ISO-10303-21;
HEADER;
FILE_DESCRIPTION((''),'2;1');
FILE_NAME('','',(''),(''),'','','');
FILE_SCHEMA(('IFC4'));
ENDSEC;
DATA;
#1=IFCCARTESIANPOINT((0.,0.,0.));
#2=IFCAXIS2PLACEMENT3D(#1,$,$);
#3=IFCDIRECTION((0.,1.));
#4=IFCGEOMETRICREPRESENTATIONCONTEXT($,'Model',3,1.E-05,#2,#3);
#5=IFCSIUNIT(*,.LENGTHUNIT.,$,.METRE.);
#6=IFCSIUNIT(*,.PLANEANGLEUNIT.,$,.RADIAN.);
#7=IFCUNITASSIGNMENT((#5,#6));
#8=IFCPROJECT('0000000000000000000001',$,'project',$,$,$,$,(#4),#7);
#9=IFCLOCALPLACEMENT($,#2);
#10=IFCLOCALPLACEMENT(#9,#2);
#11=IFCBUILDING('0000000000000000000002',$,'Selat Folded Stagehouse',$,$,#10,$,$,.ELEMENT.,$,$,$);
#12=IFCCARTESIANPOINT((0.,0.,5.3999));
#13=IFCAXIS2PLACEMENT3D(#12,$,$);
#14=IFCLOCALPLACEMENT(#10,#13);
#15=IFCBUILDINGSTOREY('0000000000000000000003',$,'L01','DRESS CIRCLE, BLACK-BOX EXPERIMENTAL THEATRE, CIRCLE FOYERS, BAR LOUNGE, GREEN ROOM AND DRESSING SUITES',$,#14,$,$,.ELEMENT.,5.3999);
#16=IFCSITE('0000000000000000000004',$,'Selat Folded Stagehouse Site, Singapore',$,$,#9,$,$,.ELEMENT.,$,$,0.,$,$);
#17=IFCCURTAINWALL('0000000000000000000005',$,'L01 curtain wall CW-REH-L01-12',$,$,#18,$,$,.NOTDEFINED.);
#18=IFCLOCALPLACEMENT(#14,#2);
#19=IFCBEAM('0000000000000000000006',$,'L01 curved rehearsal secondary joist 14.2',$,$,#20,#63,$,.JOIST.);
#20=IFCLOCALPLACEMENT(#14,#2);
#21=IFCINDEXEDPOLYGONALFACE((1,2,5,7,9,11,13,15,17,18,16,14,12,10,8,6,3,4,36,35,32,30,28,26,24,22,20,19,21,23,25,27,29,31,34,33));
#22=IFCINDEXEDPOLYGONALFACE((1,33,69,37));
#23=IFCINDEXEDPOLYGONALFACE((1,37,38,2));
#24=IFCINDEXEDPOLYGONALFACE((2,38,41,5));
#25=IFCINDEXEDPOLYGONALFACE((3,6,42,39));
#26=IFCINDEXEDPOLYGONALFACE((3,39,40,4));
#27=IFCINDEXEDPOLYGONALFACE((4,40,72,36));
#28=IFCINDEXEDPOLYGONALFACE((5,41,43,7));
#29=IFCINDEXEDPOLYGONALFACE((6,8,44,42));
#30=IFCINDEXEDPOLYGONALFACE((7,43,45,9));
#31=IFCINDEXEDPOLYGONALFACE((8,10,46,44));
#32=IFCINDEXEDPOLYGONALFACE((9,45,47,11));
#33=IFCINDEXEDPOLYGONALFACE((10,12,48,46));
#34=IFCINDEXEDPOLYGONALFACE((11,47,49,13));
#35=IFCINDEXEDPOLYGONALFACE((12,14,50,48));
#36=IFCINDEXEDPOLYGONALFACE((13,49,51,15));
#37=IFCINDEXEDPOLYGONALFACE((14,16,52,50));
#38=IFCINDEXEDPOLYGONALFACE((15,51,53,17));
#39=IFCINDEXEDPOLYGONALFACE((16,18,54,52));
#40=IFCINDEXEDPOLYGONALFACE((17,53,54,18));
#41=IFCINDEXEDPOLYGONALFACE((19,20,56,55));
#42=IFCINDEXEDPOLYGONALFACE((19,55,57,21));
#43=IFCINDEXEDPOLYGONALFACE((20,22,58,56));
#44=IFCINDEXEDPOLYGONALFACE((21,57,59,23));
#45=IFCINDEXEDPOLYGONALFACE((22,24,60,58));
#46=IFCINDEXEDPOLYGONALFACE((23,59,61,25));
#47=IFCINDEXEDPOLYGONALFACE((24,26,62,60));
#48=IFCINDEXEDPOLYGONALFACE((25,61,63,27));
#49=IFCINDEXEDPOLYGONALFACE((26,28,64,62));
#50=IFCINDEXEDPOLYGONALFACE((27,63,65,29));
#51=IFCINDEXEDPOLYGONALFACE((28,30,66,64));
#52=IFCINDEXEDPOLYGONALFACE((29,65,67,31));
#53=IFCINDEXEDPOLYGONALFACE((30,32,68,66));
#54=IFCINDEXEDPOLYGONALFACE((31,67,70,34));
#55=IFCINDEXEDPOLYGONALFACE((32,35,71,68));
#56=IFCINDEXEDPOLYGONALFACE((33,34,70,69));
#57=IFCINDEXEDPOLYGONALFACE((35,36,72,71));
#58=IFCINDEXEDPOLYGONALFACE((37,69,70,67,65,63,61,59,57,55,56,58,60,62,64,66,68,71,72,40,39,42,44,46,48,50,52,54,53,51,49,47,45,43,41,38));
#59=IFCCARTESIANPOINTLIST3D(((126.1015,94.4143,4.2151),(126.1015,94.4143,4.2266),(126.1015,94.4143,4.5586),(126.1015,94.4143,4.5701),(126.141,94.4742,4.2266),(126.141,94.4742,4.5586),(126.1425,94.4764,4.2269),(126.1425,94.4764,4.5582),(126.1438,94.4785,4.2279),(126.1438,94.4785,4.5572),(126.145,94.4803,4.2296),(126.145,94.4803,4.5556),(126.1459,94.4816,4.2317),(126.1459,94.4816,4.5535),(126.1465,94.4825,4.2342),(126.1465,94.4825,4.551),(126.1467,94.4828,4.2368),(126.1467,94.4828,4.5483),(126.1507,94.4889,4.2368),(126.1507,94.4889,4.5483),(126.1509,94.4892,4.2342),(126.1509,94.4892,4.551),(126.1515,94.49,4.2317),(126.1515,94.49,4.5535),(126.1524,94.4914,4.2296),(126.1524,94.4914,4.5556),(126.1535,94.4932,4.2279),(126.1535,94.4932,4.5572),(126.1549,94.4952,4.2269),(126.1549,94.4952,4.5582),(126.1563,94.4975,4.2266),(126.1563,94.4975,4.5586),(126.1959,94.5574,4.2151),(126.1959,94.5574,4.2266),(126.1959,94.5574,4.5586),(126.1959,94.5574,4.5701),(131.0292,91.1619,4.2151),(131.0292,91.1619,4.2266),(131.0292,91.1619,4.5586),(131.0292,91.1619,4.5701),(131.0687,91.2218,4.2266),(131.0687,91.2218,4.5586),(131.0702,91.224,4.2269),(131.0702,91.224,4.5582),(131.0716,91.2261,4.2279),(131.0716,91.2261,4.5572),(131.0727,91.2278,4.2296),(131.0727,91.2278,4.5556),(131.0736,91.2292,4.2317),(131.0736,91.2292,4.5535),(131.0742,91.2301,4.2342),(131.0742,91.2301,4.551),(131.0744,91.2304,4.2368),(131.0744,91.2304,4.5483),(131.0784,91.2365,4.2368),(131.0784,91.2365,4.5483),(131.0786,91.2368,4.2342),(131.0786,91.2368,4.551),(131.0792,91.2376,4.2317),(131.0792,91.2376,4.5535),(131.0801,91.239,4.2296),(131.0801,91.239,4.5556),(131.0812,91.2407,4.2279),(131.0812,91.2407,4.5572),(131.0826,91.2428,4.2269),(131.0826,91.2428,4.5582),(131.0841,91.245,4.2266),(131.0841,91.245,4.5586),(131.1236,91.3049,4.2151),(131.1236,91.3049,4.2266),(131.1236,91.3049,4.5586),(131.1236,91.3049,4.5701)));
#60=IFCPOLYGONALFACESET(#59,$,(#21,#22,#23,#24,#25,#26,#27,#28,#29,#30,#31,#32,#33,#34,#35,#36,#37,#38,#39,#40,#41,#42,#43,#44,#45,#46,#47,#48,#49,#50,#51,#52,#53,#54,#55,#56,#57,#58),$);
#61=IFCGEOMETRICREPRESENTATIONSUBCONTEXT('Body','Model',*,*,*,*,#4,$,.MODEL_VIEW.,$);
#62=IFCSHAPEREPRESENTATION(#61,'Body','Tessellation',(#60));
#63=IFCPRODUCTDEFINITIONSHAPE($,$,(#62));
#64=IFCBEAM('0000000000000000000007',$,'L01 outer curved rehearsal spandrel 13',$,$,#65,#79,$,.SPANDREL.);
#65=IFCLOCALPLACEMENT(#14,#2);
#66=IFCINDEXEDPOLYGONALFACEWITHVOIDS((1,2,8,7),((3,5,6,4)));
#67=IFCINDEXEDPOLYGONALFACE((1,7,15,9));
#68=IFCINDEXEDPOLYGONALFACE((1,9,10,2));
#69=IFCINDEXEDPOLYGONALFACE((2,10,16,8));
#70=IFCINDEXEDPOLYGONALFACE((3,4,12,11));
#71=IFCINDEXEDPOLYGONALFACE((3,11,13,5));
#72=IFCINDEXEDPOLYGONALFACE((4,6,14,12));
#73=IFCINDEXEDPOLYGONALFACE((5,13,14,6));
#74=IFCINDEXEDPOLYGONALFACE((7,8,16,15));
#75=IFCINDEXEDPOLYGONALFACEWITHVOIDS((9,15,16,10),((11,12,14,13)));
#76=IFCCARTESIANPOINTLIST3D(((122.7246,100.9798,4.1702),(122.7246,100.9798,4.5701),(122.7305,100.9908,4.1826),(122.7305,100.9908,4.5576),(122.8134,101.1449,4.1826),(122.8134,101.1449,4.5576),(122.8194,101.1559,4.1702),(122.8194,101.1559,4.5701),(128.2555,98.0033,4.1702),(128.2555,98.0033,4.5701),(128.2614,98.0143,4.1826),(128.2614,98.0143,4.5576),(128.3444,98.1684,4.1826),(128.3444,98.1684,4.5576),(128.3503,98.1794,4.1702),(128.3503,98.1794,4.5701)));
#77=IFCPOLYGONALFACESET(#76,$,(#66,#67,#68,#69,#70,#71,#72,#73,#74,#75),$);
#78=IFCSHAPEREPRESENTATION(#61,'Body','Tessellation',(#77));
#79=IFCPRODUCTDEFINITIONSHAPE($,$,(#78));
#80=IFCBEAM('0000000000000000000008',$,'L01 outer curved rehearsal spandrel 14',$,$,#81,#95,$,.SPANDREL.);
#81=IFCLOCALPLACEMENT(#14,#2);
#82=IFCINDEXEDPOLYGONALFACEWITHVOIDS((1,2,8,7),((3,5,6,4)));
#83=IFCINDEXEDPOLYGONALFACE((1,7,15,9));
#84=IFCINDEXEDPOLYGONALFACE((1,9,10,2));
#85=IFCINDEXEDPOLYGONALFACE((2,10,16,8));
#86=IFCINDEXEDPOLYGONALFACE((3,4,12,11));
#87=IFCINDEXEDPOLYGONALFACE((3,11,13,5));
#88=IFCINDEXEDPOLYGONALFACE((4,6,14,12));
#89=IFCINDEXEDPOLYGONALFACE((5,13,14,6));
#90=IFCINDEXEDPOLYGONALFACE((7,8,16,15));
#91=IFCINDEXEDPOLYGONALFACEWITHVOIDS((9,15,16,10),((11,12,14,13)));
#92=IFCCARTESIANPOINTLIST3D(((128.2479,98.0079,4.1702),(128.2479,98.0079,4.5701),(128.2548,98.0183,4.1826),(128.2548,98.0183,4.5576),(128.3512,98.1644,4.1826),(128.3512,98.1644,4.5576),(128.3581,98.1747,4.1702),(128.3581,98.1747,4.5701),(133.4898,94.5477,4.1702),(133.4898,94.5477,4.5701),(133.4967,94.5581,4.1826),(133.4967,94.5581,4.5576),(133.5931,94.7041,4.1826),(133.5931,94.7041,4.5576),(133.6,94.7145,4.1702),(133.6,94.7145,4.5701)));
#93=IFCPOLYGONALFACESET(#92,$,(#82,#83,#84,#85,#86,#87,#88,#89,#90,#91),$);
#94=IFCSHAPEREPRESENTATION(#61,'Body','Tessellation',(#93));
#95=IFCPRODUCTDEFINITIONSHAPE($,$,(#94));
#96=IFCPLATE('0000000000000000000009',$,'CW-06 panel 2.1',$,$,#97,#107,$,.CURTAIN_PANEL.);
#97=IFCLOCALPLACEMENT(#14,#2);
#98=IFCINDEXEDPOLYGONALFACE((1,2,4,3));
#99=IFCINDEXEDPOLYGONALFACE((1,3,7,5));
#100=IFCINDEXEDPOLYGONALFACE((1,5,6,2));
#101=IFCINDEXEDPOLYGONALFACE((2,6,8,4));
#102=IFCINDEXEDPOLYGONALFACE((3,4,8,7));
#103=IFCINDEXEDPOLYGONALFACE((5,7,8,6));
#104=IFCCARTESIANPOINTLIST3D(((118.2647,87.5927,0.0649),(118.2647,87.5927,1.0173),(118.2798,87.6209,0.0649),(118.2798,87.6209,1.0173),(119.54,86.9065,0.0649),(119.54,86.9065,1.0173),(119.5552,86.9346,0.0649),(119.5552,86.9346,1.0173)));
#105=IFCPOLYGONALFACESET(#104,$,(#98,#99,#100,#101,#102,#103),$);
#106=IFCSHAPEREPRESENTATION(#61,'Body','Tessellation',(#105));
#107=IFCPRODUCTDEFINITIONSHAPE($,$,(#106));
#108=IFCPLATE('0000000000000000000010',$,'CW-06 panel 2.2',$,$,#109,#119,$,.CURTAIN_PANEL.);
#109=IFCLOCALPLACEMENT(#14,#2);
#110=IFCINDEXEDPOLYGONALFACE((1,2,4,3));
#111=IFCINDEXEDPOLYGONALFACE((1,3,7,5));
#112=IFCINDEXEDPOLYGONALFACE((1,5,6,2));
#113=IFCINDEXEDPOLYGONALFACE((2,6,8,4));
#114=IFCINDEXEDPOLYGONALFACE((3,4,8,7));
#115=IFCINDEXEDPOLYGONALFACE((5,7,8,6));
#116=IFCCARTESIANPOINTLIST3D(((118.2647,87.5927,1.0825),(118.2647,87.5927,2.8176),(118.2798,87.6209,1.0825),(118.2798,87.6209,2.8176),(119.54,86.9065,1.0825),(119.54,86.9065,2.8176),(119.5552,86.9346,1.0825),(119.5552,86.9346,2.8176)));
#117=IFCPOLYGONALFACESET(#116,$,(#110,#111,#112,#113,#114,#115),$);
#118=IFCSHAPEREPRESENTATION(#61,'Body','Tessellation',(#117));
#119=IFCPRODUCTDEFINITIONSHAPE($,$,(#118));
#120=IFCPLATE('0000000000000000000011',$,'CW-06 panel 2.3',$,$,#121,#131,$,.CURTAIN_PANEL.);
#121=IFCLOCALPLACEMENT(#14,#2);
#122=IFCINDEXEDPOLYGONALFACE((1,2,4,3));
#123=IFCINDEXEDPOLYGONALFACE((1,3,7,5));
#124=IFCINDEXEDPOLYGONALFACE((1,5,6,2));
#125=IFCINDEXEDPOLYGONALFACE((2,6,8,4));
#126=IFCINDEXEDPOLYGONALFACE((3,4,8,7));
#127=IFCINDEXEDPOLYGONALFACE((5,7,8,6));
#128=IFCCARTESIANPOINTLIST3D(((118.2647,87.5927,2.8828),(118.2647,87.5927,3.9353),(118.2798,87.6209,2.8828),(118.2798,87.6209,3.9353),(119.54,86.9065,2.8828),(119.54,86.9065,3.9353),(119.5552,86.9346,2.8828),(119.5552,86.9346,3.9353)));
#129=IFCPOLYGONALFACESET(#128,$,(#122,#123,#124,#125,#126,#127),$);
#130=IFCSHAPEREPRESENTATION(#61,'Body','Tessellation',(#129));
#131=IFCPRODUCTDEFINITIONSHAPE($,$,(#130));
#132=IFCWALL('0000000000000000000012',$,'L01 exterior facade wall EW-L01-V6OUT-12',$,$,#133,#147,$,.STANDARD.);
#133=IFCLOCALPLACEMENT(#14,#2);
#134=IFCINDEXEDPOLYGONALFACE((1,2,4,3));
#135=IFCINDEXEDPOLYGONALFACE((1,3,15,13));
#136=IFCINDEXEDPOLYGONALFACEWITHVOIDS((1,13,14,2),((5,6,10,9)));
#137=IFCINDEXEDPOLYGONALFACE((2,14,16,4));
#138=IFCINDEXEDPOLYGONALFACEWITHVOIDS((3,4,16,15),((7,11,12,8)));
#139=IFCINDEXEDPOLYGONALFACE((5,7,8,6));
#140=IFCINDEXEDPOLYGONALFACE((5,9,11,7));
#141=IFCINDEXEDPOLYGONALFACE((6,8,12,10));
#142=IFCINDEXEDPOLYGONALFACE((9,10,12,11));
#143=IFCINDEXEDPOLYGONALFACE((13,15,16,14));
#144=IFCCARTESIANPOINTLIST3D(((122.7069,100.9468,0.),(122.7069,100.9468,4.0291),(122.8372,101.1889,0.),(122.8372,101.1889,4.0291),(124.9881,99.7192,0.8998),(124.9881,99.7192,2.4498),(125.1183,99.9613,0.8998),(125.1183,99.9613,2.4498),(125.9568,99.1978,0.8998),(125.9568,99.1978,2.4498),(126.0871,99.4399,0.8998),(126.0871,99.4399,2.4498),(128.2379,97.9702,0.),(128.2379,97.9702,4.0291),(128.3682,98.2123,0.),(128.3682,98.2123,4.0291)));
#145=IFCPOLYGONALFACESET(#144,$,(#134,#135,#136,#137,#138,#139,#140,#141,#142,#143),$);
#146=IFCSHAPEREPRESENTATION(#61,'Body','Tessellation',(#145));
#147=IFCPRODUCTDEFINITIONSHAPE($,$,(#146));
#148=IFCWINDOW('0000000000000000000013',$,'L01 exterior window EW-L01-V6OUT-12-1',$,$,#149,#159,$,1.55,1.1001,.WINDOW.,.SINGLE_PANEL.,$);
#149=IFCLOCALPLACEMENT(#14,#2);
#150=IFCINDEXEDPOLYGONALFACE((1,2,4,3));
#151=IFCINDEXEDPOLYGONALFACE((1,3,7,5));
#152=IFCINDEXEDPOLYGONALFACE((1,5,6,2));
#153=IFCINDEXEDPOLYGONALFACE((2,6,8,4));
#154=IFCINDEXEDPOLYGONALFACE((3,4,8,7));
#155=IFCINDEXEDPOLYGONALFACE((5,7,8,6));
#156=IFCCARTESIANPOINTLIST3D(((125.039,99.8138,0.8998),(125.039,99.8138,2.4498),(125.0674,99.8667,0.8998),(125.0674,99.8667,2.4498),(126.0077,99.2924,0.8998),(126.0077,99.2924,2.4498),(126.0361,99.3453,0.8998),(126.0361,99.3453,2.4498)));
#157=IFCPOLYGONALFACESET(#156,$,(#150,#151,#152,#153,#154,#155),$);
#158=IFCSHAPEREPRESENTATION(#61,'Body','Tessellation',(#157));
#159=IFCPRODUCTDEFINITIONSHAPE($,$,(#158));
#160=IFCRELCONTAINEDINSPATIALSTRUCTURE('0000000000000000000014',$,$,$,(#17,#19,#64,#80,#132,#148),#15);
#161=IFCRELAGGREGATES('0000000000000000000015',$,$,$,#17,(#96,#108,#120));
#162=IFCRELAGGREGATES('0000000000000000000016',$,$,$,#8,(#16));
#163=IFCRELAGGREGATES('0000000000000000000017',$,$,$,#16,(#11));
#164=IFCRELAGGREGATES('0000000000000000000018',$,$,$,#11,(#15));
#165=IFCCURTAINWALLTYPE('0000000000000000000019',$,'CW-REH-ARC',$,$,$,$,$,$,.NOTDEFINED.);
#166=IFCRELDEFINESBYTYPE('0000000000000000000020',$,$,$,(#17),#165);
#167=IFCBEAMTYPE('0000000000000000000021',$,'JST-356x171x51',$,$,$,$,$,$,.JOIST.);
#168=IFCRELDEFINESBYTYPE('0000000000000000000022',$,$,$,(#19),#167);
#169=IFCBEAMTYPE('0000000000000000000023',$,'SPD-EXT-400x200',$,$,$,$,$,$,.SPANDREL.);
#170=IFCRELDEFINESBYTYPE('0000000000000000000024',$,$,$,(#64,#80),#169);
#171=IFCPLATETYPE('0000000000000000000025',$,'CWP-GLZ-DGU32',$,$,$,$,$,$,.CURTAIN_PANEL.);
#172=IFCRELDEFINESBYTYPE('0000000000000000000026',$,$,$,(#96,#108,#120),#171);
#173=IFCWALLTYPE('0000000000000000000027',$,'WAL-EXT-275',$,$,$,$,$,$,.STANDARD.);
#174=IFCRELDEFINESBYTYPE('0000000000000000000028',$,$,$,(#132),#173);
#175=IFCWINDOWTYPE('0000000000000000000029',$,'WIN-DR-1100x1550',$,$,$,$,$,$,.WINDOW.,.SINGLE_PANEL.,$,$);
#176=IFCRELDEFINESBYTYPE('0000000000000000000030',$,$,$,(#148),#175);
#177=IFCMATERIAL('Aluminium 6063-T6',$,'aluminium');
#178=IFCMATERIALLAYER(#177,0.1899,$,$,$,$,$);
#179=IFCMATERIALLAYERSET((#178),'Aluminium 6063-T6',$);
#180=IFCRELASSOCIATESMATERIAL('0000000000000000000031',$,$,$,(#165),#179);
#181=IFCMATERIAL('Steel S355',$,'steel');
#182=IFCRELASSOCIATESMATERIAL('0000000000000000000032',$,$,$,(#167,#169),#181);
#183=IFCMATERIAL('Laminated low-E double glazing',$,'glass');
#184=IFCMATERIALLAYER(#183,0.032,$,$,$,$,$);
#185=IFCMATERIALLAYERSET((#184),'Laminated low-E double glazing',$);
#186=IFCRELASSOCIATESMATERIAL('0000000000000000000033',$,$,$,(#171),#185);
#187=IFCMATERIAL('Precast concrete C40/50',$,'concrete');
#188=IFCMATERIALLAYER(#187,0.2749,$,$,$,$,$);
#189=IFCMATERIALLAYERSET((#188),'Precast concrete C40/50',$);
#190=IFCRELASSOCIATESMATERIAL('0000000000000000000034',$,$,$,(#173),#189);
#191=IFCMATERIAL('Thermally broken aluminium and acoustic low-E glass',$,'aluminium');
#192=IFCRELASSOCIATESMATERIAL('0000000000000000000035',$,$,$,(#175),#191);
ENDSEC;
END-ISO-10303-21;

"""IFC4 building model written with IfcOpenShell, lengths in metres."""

from ifc_helpers import new_model, si_unit, direction, frame, frame_2d, origin, origin_2d, place, context, subcontext, project, spatial, rectangle, hollow_rectangle, i_section, extrude, material, layer, layer_set, material_profile, profile_set, type_object, element, fill, aggregate, save


model = new_model("IFC4")

# Units and contexts
model_context = context("Model", 3, precision=1e-05, world=origin(), true_north=direction((0.0, 1.0)))
body_context = subcontext(model_context, "Body", "Model", "MODEL_VIEW")
ifc_project = project(units=[si_unit("LENGTHUNIT", "METRE"), si_unit("PLANEANGLEUNIT", "RADIAN")], contexts=[model_context])

# Site, building, storey
site_placement = place(None, origin())
site = spatial("IfcSite", under=ifc_project, at=site_placement, Name="Selat Folded Stagehouse Site, Singapore", CompositionType="ELEMENT", RefElevation=0.0)
building_placement = place(site_placement, origin())
building = spatial("IfcBuilding", under=site, at=building_placement, Name="Selat Folded Stagehouse", CompositionType="ELEMENT")
storey_placement = place(building_placement, frame((0.0, 0.0, 5.3999)))
storey = spatial("IfcBuildingStorey", under=building, at=storey_placement, Name="L01", Description="DRESS CIRCLE, BLACK-BOX EXPERIMENTAL THEATRE, CIRCLE FOYERS, BAR LOUNGE, GREEN ROOM AND DRESSING SUITES", CompositionType="ELEMENT", Elevation=5.3999)

# Shared definitions
ifc_material_1 = material(Name="Steel S355", Category="steel")

# Curtain wall
ifc_material_2 = material(Name="Aluminium 6063-T6", Category="aluminium")
ifc_layer_1 = layer(ifc_material_2, 0.1899)
ifc_layer_set_1 = layer_set([ifc_layer_1], Name="Aluminium 6063-T6")
curtain_wall_type = type_object("IfcCurtainWallType", Name="CW-REH-ARC", PredefinedType="NOTDEFINED", material=ifc_layer_set_1)
curtain_wall_placement = place(storey_placement, origin())
curtain_wall = element("IfcCurtainWall", 1, at=curtain_wall_placement, inside=storey, type_object=curtain_wall_type, Name="L01 curtain wall CW-REH-L01-12", PredefinedType="NOTDEFINED")

# Beams
ifc_material_profile_1 = material_profile(ifc_material_1, i_section(OverallWidth=0.1714, OverallDepth=0.355, WebThickness=0.0073, FlangeThickness=0.0115, FilletRadius=0.0103, at=origin_2d()), Name="UKB 356x171x51")
ifc_profile_set_1 = profile_set([ifc_material_profile_1], Name="Steel S355")
beam_type_1 = type_object("IfcBeamType", Name="JST-356x171x51", PredefinedType="JOIST", material=ifc_profile_set_1)
beam_1_placement = place(storey_placement, frame((126.1487, 94.4858, 4.3926), z_axis=(0.834599, -0.550858, 0.0), x_axis=(0.550858, 0.834599, 0.0)))
element("IfcBeam", 2, at=beam_1_placement, inside=storey, type_object=beam_type_1, Name="L01 curved rehearsal secondary joist 14.2", PredefinedType="JOIST", context=body_context, shape_type="SweptSolid", body=[
    extrude(i_section(OverallWidth=0.1714, OverallDepth=0.355, WebThickness=0.0073, FlangeThickness=0.0115, FilletRadius=0.0103, at=origin_2d()), origin(), (0.0, 0.0, 1.0), 5.9043),
])
ifc_material_profile_2 = material_profile(ifc_material_1, hollow_rectangle(XDim=0.2, YDim=0.3999, WallThickness=0.0125, at=origin_2d()), Name="RHS 400x200x12.5")
ifc_profile_set_2 = profile_set([ifc_material_profile_2], Name="Steel S355")
beam_type_2 = type_object("IfcBeamType", Name="SPD-EXT-400x200", PredefinedType="SPANDREL", material=ifc_profile_set_2)
for number, where, z_axis, x_axis, name in (
    (3, (122.772, 101.0679, 4.3701), (0.880582, -0.473894, 0.0), (0.473894, 0.880582, 0.0), "L01 outer curved rehearsal spandrel 13"),
    (4, (128.303, 98.0913, 4.3701), (0.834571, -0.5509, 0.0), (0.5509, 0.834571, 0.0), "L01 outer curved rehearsal spandrel 14"),
):
    element("IfcBeam", number, at=place(storey_placement, frame(where, z_axis=z_axis, x_axis=x_axis)), inside=storey, type_object=beam_type_2, Name=name, PredefinedType="SPANDREL", context=body_context, shape_type="SweptSolid", body=[
        extrude(hollow_rectangle(XDim=0.2, YDim=0.3999, WallThickness=0.0125, at=origin_2d()), origin(), (0.0, 0.0, 1.0), 6.281),
    ])

# Plates
ifc_material_3 = material(Name="Laminated low-E double glazing", Category="glass")
ifc_layer_2 = layer(ifc_material_3, 0.032)
ifc_layer_set_2 = layer_set([ifc_layer_2], Name="Laminated low-E double glazing")
plate_type = type_object("IfcPlateType", Name="CWP-GLZ-DGU32", PredefinedType="CURTAIN_PANEL", material=ifc_layer_set_2)
plate_1_placement = place(storey_placement, frame((118.9099, 87.2637, 0.0649), z_axis=(0.0, 0.0, 1.0), x_axis=(-0.880601, 0.473859, 0.0)))
plate_1 = element("IfcPlate", 5, at=plate_1_placement, type_object=plate_type, Name="CW-06 panel 2.1", PredefinedType="CURTAIN_PANEL", context=body_context, shape_type="SweptSolid", body=[
    extrude(rectangle(XDim=1.4482, YDim=0.032, at=origin_2d()), origin(), (0.0, 0.0, 1.0), 0.9524),
])
plate_2_placement = place(storey_placement, frame((118.9099, 87.2637, 1.0825), z_axis=(0.0, 0.0, 1.0), x_axis=(-0.880601, 0.473859, 0.0)))
plate_2 = element("IfcPlate", 6, at=plate_2_placement, type_object=plate_type, Name="CW-06 panel 2.2", PredefinedType="CURTAIN_PANEL", context=body_context, shape_type="SweptSolid", body=[
    extrude(rectangle(XDim=1.4482, YDim=0.032, at=origin_2d()), origin(), (0.0, 0.0, 1.0), 1.7351),
])
plate_3_placement = place(storey_placement, frame((118.9099, 87.2637, 2.8828), z_axis=(0.0, 0.0, 1.0), x_axis=(-0.880601, 0.473859, 0.0)))
plate_3 = element("IfcPlate", 7, at=plate_3_placement, type_object=plate_type, Name="CW-06 panel 2.3", PredefinedType="CURTAIN_PANEL", context=body_context, shape_type="SweptSolid", body=[
    extrude(rectangle(XDim=1.4482, YDim=0.032, at=origin_2d()), origin(), (0.0, 0.0, 1.0), 1.0525),
])
aggregate(curtain_wall, [plate_1, plate_2, plate_3])

# Wall, opening, window
ifc_material_4 = material(Name="Precast concrete C40/50", Category="concrete")
ifc_layer_3 = layer(ifc_material_4, 0.2749)
ifc_layer_set_3 = layer_set([ifc_layer_3], Name="Precast concrete C40/50")
wall_type_1 = type_object("IfcWallType", Name="WAL-EXT-275", PredefinedType="STANDARD", material=ifc_layer_set_3)
wall_1_placement = place(storey_placement, frame((122.772, 101.0679, 0.0), z_axis=(0.0, 0.0, 1.0), x_axis=(0.880582, -0.473894, 0.0)))
wall_1 = element("IfcWall", 8, at=wall_1_placement, inside=storey, type_object=wall_type_1, Name="L01 exterior facade wall EW-L01-V6OUT-12", PredefinedType="STANDARD", context=body_context, shape_type="SweptSolid", body=[
    extrude(rectangle(XDim=6.281, YDim=0.2749, at=frame_2d((3.1406, 0.0))), origin(), (0.0, 0.0, 1.0), 4.0291),
])
opening_1_placement = place(wall_1_placement, frame((2.5906, 0.0, 0.8999)))
opening_1 = element("IfcOpeningElement", 9, at=opening_1_placement, cuts=wall_1, PredefinedType="OPENING", context=body_context, shape_type="SweptSolid", body=[
    extrude(rectangle(XDim=1.1001, YDim=1.55, at=frame_2d((0.55, 0.7749))), frame((0.0, 0.1475, 0.0), z_axis=(0.0, -1.0, 0.0), x_axis=(1.0, 0.0, 0.0)), (0.0, 0.0, 1.0), 0.2949),
])
ifc_material_5 = material(Name="Thermally broken aluminium and acoustic low-E glass", Category="aluminium")
window_type_1 = type_object("IfcWindowType", Name="WIN-DR-1100x1550", PartitioningType="SINGLE_PANEL", PredefinedType="WINDOW", material=ifc_material_5)
window_1_placement = place(opening_1_placement, origin())
window_1 = element("IfcWindow", 10, at=window_1_placement, inside=storey, type_object=window_type_1, Name="L01 exterior window EW-L01-V6OUT-12-1", OverallHeight=1.55, OverallWidth=1.1001, PartitioningType="SINGLE_PANEL", PredefinedType="WINDOW", context=body_context, shape_type="SweptSolid", body=[
    extrude(rectangle(XDim=1.1001, YDim=1.55, at=frame_2d((0.55, 0.7749))), frame((0.0, 0.03, 0.0), z_axis=(0.0, -1.0, 0.0), x_axis=(1.0, 0.0, 0.0)), (0.0, 0.0, 1.0), 0.0601),
])
fill(opening_1, window_1)

save(model, "model.ifc")
